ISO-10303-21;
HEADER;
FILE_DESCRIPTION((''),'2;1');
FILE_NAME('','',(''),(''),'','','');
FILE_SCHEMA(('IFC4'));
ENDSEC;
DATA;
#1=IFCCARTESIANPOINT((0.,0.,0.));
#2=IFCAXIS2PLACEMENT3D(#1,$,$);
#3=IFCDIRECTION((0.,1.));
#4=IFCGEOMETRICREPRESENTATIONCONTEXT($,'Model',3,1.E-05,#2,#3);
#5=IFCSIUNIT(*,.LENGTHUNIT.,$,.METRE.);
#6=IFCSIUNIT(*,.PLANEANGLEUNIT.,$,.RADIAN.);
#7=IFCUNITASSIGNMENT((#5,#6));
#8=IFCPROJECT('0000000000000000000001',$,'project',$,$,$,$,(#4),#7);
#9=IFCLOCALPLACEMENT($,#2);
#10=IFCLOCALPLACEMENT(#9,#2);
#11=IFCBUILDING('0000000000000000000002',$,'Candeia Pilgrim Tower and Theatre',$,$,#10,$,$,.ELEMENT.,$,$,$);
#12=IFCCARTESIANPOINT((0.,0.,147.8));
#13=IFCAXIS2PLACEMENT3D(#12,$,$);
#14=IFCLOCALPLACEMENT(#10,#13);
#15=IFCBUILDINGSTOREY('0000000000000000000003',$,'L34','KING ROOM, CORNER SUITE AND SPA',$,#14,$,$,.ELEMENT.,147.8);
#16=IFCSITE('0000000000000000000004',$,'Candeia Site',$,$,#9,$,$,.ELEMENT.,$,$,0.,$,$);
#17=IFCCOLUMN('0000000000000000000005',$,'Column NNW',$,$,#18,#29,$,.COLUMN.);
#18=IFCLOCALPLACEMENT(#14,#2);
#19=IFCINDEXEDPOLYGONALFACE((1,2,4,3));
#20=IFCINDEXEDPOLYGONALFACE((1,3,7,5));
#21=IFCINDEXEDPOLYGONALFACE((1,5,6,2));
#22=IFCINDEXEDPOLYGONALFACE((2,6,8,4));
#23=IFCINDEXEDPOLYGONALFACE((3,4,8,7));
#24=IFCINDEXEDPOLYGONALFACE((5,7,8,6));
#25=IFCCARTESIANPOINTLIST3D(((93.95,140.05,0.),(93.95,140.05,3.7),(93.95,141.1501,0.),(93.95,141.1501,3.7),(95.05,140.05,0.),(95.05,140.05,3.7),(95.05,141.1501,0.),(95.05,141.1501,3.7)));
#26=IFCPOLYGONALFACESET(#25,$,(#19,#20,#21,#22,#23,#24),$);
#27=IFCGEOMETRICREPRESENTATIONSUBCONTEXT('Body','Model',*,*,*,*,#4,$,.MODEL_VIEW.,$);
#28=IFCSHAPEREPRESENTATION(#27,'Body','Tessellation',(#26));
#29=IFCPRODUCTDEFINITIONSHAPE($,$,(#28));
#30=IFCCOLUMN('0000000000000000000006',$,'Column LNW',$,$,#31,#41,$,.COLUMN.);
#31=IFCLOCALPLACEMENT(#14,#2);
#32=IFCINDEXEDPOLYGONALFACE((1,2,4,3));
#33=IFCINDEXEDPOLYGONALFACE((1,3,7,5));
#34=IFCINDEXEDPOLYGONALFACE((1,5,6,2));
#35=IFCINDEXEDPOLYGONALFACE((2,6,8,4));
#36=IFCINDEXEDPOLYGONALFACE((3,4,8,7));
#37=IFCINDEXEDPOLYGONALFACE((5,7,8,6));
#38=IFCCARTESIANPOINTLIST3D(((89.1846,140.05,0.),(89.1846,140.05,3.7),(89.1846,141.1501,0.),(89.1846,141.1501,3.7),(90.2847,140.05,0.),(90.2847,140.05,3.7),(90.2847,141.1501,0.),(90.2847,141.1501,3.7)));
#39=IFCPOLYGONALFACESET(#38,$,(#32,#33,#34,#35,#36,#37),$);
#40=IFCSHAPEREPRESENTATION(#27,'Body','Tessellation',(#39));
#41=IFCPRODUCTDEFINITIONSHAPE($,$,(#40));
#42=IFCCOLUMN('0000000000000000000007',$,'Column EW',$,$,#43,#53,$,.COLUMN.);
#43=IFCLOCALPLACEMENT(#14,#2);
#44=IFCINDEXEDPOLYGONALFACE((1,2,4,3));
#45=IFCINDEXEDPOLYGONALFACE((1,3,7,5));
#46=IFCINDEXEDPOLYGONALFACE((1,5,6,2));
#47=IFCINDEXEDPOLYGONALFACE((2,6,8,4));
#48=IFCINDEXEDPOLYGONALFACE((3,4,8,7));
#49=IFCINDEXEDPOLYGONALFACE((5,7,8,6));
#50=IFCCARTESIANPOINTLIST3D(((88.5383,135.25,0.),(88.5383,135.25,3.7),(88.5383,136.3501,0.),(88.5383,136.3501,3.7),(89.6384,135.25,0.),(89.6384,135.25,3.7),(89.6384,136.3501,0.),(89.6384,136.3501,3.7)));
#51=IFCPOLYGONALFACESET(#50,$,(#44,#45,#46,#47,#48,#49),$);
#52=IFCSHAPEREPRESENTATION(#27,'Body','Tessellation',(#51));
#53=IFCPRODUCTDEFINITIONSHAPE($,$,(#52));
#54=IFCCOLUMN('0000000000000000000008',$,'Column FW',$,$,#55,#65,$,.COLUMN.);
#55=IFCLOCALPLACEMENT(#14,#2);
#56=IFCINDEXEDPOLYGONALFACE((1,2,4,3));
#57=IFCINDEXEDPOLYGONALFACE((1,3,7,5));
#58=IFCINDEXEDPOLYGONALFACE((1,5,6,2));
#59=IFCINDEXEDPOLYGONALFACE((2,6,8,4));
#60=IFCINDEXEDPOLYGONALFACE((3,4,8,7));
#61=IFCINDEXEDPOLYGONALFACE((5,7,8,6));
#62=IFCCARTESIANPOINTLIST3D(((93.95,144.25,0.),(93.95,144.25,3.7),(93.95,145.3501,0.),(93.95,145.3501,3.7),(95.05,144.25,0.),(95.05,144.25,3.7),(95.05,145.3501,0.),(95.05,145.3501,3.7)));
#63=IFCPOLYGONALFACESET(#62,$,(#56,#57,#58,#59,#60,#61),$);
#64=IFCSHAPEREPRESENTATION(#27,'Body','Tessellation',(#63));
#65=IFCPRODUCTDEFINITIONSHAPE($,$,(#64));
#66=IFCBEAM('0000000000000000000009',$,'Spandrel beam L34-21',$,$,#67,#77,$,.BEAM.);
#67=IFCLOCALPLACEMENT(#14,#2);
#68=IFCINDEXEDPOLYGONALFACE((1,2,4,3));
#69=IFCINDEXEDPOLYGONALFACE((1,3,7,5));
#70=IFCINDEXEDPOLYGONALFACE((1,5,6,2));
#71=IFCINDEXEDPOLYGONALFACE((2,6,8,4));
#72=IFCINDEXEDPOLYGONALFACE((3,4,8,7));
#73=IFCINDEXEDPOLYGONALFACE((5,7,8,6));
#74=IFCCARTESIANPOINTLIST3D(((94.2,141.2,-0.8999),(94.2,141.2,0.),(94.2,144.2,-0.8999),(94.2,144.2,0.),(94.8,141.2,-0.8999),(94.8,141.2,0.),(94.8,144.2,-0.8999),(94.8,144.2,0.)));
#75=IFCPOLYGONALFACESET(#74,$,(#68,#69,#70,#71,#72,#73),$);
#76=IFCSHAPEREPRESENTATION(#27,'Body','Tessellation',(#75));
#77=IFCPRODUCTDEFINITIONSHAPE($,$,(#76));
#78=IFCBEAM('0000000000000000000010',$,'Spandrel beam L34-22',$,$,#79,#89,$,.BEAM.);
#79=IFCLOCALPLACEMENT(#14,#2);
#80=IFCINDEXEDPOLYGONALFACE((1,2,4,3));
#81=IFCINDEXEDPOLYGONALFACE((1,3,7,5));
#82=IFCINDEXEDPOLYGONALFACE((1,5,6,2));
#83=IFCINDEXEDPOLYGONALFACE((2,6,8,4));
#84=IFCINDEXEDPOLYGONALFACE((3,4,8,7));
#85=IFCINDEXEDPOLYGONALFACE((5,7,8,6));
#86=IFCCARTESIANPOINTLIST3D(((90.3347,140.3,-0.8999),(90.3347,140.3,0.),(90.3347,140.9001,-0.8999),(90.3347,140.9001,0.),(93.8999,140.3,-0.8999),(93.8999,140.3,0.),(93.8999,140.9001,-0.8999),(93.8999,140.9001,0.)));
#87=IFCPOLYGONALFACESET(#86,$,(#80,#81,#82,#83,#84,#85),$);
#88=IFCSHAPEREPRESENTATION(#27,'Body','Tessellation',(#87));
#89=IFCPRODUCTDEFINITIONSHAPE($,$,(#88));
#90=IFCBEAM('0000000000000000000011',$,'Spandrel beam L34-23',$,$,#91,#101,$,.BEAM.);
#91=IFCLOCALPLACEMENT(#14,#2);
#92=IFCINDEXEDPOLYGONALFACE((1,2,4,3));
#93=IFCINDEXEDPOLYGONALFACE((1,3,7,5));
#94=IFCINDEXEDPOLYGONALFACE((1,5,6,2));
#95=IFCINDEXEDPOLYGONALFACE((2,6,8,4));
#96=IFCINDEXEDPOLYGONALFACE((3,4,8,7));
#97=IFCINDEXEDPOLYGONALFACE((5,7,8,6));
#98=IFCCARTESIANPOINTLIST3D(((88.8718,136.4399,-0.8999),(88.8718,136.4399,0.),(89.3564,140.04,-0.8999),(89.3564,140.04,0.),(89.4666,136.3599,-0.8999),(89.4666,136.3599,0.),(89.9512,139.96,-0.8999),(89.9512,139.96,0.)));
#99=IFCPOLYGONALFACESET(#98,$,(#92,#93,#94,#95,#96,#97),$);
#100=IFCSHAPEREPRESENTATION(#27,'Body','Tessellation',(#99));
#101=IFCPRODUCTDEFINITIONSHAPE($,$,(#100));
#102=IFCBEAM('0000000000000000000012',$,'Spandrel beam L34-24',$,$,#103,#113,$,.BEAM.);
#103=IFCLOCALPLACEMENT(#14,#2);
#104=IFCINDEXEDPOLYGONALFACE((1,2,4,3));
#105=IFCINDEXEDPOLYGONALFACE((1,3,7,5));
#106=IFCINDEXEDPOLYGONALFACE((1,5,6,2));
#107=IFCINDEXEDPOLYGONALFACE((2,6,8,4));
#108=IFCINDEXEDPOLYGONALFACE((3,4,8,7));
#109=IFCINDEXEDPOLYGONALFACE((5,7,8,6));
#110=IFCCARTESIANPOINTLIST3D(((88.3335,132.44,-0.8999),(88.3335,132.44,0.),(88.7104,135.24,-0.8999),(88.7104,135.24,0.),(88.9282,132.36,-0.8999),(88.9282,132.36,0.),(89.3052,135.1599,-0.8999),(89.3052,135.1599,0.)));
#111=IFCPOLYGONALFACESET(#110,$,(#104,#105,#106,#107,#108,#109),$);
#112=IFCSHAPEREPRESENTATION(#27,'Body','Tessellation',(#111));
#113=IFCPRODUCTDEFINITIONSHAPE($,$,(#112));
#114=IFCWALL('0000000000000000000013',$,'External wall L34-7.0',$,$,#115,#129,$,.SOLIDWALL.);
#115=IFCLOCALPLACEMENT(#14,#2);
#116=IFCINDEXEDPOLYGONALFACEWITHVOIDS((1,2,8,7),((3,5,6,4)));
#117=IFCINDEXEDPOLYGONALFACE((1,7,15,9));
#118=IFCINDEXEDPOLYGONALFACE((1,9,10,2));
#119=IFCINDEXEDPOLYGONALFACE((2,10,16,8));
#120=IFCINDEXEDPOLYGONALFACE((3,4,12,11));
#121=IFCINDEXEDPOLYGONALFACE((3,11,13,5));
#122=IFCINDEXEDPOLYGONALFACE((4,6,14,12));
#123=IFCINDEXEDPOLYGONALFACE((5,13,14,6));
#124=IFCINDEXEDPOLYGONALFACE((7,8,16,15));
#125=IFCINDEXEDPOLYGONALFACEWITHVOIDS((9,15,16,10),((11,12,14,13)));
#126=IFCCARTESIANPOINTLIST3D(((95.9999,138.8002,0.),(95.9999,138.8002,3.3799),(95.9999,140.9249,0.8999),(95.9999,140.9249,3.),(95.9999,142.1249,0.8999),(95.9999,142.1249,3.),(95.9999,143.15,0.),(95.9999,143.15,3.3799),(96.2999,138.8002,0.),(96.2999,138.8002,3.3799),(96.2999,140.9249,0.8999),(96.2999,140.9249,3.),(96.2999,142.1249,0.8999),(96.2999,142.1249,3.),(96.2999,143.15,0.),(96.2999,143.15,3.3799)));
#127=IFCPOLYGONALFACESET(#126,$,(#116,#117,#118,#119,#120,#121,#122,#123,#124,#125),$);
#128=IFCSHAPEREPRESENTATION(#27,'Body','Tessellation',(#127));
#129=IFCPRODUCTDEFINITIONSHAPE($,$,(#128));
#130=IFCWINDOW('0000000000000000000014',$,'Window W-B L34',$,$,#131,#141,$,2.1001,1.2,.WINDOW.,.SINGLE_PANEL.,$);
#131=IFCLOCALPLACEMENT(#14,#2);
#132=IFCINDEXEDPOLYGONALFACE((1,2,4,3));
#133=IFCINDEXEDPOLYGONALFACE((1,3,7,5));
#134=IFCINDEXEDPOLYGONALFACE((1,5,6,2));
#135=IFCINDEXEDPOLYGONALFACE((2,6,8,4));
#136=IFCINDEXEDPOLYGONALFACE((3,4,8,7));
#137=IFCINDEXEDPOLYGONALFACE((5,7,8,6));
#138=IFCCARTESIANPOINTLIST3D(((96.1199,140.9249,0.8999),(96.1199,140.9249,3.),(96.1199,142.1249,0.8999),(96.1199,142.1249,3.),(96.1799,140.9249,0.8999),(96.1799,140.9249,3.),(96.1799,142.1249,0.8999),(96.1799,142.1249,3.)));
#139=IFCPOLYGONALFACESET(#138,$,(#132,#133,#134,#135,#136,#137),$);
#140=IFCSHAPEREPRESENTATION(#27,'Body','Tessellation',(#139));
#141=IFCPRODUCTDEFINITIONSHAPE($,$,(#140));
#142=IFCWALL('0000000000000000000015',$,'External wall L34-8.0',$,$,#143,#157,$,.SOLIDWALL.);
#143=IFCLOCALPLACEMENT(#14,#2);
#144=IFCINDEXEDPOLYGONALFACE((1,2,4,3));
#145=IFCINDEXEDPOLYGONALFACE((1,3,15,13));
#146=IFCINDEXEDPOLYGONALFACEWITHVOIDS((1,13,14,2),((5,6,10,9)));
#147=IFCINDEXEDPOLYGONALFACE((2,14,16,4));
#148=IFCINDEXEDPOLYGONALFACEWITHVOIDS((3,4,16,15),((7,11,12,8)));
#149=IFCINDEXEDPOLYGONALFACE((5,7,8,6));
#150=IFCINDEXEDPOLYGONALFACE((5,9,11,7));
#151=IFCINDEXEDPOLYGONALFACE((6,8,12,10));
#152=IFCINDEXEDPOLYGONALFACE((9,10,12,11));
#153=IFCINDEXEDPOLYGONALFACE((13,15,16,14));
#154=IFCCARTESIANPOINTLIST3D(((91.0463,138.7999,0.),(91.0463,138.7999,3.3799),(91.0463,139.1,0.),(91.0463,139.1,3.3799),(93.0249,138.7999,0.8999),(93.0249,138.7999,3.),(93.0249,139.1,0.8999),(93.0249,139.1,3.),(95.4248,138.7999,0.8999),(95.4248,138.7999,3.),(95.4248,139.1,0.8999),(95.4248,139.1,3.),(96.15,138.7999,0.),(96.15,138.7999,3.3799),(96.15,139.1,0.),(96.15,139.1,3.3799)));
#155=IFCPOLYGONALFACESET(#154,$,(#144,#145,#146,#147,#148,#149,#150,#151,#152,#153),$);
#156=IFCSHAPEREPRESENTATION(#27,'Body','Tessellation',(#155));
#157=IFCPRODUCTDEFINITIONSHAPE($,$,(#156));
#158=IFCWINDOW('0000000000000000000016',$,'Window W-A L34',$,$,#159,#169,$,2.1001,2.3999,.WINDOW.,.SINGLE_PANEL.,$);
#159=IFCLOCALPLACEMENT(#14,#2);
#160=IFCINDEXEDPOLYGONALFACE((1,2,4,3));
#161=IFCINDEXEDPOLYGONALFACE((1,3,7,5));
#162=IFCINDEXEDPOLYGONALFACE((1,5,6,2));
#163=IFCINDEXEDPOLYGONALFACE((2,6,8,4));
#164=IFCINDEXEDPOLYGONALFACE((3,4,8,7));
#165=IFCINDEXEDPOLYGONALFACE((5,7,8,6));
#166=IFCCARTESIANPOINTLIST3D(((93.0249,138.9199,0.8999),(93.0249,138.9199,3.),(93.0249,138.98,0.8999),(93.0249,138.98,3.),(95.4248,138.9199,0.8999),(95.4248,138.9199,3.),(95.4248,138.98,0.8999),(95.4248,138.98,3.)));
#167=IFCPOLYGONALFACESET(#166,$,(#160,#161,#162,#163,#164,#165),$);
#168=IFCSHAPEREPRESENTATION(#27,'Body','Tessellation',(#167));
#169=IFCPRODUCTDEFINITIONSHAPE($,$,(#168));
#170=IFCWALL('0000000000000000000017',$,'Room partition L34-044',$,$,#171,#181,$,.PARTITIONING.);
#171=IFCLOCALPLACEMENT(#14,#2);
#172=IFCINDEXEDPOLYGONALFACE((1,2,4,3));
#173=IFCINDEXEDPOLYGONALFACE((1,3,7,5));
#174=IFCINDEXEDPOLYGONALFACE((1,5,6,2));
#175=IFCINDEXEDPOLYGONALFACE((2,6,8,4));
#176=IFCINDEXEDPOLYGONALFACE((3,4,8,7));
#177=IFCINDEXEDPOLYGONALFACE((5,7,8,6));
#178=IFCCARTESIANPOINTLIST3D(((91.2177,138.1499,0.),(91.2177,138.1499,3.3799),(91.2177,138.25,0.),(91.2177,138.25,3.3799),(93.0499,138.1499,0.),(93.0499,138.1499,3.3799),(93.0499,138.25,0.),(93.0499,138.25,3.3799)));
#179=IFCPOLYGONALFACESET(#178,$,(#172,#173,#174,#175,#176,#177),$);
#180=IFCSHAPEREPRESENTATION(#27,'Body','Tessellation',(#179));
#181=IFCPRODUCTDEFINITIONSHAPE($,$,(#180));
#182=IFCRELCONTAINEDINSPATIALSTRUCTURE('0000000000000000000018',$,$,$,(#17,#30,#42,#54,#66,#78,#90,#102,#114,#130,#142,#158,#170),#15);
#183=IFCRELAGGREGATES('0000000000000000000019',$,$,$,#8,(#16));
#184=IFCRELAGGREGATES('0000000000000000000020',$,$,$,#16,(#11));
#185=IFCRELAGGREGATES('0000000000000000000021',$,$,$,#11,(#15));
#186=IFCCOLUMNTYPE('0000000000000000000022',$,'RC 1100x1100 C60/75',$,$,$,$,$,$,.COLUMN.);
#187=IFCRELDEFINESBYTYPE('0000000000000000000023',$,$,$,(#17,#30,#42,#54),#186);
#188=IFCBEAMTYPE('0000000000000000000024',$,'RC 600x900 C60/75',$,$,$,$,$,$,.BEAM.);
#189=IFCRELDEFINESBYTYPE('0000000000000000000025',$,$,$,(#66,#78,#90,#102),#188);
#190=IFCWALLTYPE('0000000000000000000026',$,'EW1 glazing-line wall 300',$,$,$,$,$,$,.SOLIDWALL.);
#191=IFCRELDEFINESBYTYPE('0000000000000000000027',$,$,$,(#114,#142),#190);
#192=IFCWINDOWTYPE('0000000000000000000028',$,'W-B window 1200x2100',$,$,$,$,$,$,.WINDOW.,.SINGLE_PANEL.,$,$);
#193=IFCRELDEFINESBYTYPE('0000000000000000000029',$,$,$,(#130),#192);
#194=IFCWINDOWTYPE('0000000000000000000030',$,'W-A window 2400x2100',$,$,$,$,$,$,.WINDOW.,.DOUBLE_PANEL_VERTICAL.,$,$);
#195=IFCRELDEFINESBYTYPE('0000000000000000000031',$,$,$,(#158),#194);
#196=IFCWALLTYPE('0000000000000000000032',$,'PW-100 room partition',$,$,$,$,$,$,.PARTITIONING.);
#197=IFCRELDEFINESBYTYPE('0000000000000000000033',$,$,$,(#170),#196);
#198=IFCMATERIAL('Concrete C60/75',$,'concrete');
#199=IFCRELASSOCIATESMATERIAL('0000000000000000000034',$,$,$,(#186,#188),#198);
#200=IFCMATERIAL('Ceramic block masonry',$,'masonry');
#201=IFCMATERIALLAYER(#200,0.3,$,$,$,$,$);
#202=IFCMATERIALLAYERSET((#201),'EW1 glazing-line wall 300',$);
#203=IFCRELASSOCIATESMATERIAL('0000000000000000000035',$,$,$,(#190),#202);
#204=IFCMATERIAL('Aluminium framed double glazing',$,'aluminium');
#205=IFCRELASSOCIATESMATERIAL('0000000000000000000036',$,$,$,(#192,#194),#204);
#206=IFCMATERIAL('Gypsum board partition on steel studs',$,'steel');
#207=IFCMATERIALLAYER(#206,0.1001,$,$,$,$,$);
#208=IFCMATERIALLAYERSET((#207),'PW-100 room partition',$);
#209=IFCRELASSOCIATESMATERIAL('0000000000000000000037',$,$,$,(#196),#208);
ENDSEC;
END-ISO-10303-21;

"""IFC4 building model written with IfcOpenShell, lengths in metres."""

from ifc_helpers import new_model, si_unit, direction, frame, frame_2d, origin, origin_2d, place, context, subcontext, project, spatial, rectangle, extrude, material, layer, layer_set, material_profile, profile_set, type_object, element, fill, save


model = new_model("IFC4")

# Units and contexts
model_context = context("Model", 3, precision=1e-05, world=origin(), true_north=direction((0.0, 1.0)))
body_context = subcontext(model_context, "Body", "Model", "MODEL_VIEW")
ifc_project = project(units=[si_unit("LENGTHUNIT", "METRE"), si_unit("PLANEANGLEUNIT", "RADIAN")], contexts=[model_context])

# Site, building, storey
site_placement = place(None, origin())
site = spatial("IfcSite", under=ifc_project, at=site_placement, Name="Candeia Site", CompositionType="ELEMENT", RefElevation=0.0)
building_placement = place(site_placement, origin())
building = spatial("IfcBuilding", under=site, at=building_placement, Name="Candeia Pilgrim Tower and Theatre", CompositionType="ELEMENT")
storey_placement = place(building_placement, frame((0.0, 0.0, 147.8)))
storey = spatial("IfcBuildingStorey", under=building, at=storey_placement, Name="L34", Description="KING ROOM, CORNER SUITE AND SPA", CompositionType="ELEMENT", Elevation=147.8)

# Columns
ifc_material_1 = material(Name="Concrete C60/75", Category="concrete")
ifc_material_profile_1 = material_profile(ifc_material_1, rectangle(XDim=1.1001, YDim=1.1001, at=origin_2d()))
ifc_profile_set_1 = profile_set([ifc_material_profile_1], Name="Concrete C60/75")
column_type = type_object("IfcColumnType", Name="RC 1100x1100 C60/75", PredefinedType="COLUMN", material=ifc_profile_set_1)
for number, where, z_axis, x_axis, name in (
    (1, (94.5, 140.6001, 0.0), (0.0, 0.0, 1.0), (1.0, 0.0, 0.0), "Column NNW"),
    (2, (89.7346, 140.6001, 0.0), (0.0, 0.0, 1.0), (1.0, 0.0, 0.0), "Column LNW"),
    (3, (89.0884, 135.8, 0.0), (0.0, 0.0, 1.0), (1.0, 0.0, 0.0), "Column EW"),
    (4, (94.5, 144.8, 0.0), (0.0, 0.0, 1.0), (1.0, 0.0, 0.0), "Column FW"),
):
    element("IfcColumn", number, at=place(storey_placement, frame(where, z_axis=z_axis, x_axis=x_axis)), inside=storey, type_object=column_type, Name=name, PredefinedType="COLUMN", context=body_context, shape_type="SweptSolid", body=[
        extrude(rectangle(XDim=1.1001, YDim=1.1001, at=origin_2d()), origin(), (0.0, 0.0, 1.0), 3.7),
    ])

# Beams
ifc_material_profile_2 = material_profile(ifc_material_1, rectangle(XDim=0.6001, YDim=0.8999, at=origin_2d()))
ifc_profile_set_2 = profile_set([ifc_material_profile_2], Name="Concrete C60/75")
beam_type = type_object("IfcBeamType", Name="RC 600x900 C60/75", PredefinedType="BEAM", material=ifc_profile_set_2)
beam_1_placement = place(storey_placement, frame((94.5, 144.2, -0.45), z_axis=(0.0, -1.0, 0.0), x_axis=(1.0, 0.0, 0.0)))
element("IfcBeam", 5, at=beam_1_placement, inside=storey, type_object=beam_type, Name="Spandrel beam L34-21", PredefinedType="BEAM", context=body_context, shape_type="SweptSolid", body=[
    extrude(rectangle(XDim=0.6001, YDim=0.8999, at=origin_2d()), origin(), (0.0, 0.0, 1.0), 3.0),
])
beam_2_placement = place(storey_placement, frame((93.8999, 140.6001, -0.45), z_axis=(-1.0, 0.0, 0.0), x_axis=(0.0, -1.0, 0.0)))
element("IfcBeam", 6, at=beam_2_placement, inside=storey, type_object=beam_type, Name="Spandrel beam L34-22", PredefinedType="BEAM", context=body_context, shape_type="SweptSolid", body=[
    extrude(rectangle(XDim=0.6001, YDim=0.8999, at=origin_2d()), origin(), (0.0, 0.0, 1.0), 3.5652),
])
beam_3_placement = place(storey_placement, frame((89.6538, 140.0, -0.45), z_axis=(-0.133409, -0.991061, 0.0), x_axis=(0.991061, -0.133409, 0.0)))
element("IfcBeam", 7, at=beam_3_placement, inside=storey, type_object=beam_type, Name="Spandrel beam L34-23", PredefinedType="BEAM", context=body_context, shape_type="SweptSolid", body=[
    extrude(rectangle(XDim=0.6001, YDim=0.8999, at=origin_2d()), origin(), (0.0, 0.0, 1.0), 3.6326),
])
beam_4_placement = place(storey_placement, frame((89.0078, 135.2, -0.45), z_axis=(-0.13342, -0.99106, 0.0), x_axis=(0.99106, -0.13342, 0.0)))
element("IfcBeam", 8, at=beam_4_placement, inside=storey, type_object=beam_type, Name="Spandrel beam L34-24", PredefinedType="BEAM", context=body_context, shape_type="SweptSolid", body=[
    extrude(rectangle(XDim=0.6001, YDim=0.8999, at=origin_2d()), origin(), (0.0, 0.0, 1.0), 2.8252),
])

# Walls, openings, windows
ifc_material_2 = material(Name="Ceramic block masonry", Category="masonry")
ifc_layer_1 = layer(ifc_material_2, 0.3)
ifc_layer_set_1 = layer_set([ifc_layer_1], Name="EW1 glazing-line wall 300")
wall_type_1 = type_object("IfcWallType", Name="EW1 glazing-line wall 300", PredefinedType="SOLIDWALL", material=ifc_layer_set_1)
wall_1_placement = place(storey_placement, frame((96.1499, 143.1499, 0.0), z_axis=(0.0, 0.0, 1.0), x_axis=(0.0, -1.0, 0.0)))
wall_1 = element("IfcWall", 9, at=wall_1_placement, inside=storey, type_object=wall_type_1, Name="External wall L34-7.0", PredefinedType="SOLIDWALL", context=body_context, shape_type="SweptSolid", body=[
    extrude(rectangle(XDim=4.3499, YDim=0.3, at=frame_2d((2.1748, 0.0))), origin(), (0.0, 0.0, 1.0), 3.3799),
])
opening_1_placement = place(wall_1_placement, frame((1.0249, 0.0, 0.8999)))
opening_1 = element("IfcOpeningElement", 10, at=opening_1_placement, cuts=wall_1, PredefinedType="OPENING", context=body_context, shape_type="SweptSolid", body=[
    extrude(rectangle(XDim=1.2, YDim=2.1001, at=frame_2d((0.6001, 1.05))), frame((0.0, 0.1602, 0.0), z_axis=(0.0, -1.0, 0.0), x_axis=(1.0, 0.0, 0.0)), (0.0, 0.0, 1.0), 0.3201),
])
ifc_material_3 = material(Name="Aluminium framed double glazing", Category="aluminium")
window_type_1 = type_object("IfcWindowType", Name="W-B window 1200x2100", PartitioningType="SINGLE_PANEL", PredefinedType="WINDOW", material=ifc_material_3)
window_1_placement = place(opening_1_placement, origin())
window_1 = element("IfcWindow", 11, at=window_1_placement, inside=storey, type_object=window_type_1, Name="Window W-B L34", OverallHeight=2.1001, OverallWidth=1.2, PartitioningType="SINGLE_PANEL", PredefinedType="WINDOW", context=body_context, shape_type="SweptSolid", body=[
    extrude(rectangle(XDim=1.2, YDim=2.1001, at=frame_2d((0.6001, 1.05))), frame((0.0, 0.03, 0.0), z_axis=(0.0, -1.0, 0.0), x_axis=(1.0, 0.0, 0.0)), (0.0, 0.0, 1.0), 0.0601),
])
fill(opening_1, window_1)
wall_2_placement = place(storey_placement, frame((96.1499, 138.95, 0.0), z_axis=(0.0, 0.0, 1.0), x_axis=(-1.0, 0.0, 0.0)))
wall_2 = element("IfcWall", 12, at=wall_2_placement, inside=storey, type_object=wall_type_1, Name="External wall L34-8.0", PredefinedType="SOLIDWALL", context=body_context, shape_type="SweptSolid", body=[
    extrude(rectangle(XDim=5.1038, YDim=0.3, at=frame_2d((2.5518, 0.0))), origin(), (0.0, 0.0, 1.0), 3.3799),
])
opening_2_placement = place(wall_2_placement, frame((0.7251, 0.0, 0.8999)))
opening_2 = element("IfcOpeningElement", 13, at=opening_2_placement, cuts=wall_2, PredefinedType="OPENING", context=body_context, shape_type="SweptSolid", body=[
    extrude(rectangle(XDim=2.3999, YDim=2.1001, at=frame_2d((1.2, 1.05))), frame((0.0, 0.1602, 0.0), z_axis=(0.0, -1.0, 0.0), x_axis=(1.0, 0.0, 0.0)), (0.0, 0.0, 1.0), 0.3201),
])
window_type_2 = type_object("IfcWindowType", Name="W-A window 2400x2100", PartitioningType="DOUBLE_PANEL_VERTICAL", PredefinedType="WINDOW", material=ifc_material_3)
window_2_placement = place(opening_2_placement, origin())
window_2 = element("IfcWindow", 14, at=window_2_placement, inside=storey, type_object=window_type_2, Name="Window W-A L34", OverallHeight=2.1001, OverallWidth=2.3999, PartitioningType="SINGLE_PANEL", PredefinedType="WINDOW", context=body_context, shape_type="SweptSolid", body=[
    extrude(rectangle(XDim=2.3999, YDim=2.1001, at=frame_2d((1.2, 1.05))), frame((0.0, 0.03, 0.0), z_axis=(0.0, -1.0, 0.0), x_axis=(1.0, 0.0, 0.0)), (0.0, 0.0, 1.0), 0.0601),
])
fill(opening_2, window_2)

# Wall
ifc_material_4 = material(Name="Gypsum board partition on steel studs", Category="steel")
ifc_layer_2 = layer(ifc_material_4, 0.1001)
ifc_layer_set_2 = layer_set([ifc_layer_2], Name="PW-100 room partition")
wall_type_2 = type_object("IfcWallType", Name="PW-100 room partition", PredefinedType="PARTITIONING", material=ifc_layer_set_2)
wall_3_placement = place(storey_placement, frame((91.2178, 138.2, 0.0), z_axis=(0.0, 0.0, 1.0), x_axis=(1.0, 0.0, 0.0)))
element("IfcWall", 15, at=wall_3_placement, inside=storey, type_object=wall_type_2, Name="Room partition L34-044", PredefinedType="PARTITIONING", context=body_context, shape_type="SweptSolid", body=[
    extrude(rectangle(XDim=1.8323, YDim=0.1001, at=frame_2d((0.916, 0.0))), origin(), (0.0, 0.0, 1.0), 3.3799),
])

save(model, "model.ifc")
